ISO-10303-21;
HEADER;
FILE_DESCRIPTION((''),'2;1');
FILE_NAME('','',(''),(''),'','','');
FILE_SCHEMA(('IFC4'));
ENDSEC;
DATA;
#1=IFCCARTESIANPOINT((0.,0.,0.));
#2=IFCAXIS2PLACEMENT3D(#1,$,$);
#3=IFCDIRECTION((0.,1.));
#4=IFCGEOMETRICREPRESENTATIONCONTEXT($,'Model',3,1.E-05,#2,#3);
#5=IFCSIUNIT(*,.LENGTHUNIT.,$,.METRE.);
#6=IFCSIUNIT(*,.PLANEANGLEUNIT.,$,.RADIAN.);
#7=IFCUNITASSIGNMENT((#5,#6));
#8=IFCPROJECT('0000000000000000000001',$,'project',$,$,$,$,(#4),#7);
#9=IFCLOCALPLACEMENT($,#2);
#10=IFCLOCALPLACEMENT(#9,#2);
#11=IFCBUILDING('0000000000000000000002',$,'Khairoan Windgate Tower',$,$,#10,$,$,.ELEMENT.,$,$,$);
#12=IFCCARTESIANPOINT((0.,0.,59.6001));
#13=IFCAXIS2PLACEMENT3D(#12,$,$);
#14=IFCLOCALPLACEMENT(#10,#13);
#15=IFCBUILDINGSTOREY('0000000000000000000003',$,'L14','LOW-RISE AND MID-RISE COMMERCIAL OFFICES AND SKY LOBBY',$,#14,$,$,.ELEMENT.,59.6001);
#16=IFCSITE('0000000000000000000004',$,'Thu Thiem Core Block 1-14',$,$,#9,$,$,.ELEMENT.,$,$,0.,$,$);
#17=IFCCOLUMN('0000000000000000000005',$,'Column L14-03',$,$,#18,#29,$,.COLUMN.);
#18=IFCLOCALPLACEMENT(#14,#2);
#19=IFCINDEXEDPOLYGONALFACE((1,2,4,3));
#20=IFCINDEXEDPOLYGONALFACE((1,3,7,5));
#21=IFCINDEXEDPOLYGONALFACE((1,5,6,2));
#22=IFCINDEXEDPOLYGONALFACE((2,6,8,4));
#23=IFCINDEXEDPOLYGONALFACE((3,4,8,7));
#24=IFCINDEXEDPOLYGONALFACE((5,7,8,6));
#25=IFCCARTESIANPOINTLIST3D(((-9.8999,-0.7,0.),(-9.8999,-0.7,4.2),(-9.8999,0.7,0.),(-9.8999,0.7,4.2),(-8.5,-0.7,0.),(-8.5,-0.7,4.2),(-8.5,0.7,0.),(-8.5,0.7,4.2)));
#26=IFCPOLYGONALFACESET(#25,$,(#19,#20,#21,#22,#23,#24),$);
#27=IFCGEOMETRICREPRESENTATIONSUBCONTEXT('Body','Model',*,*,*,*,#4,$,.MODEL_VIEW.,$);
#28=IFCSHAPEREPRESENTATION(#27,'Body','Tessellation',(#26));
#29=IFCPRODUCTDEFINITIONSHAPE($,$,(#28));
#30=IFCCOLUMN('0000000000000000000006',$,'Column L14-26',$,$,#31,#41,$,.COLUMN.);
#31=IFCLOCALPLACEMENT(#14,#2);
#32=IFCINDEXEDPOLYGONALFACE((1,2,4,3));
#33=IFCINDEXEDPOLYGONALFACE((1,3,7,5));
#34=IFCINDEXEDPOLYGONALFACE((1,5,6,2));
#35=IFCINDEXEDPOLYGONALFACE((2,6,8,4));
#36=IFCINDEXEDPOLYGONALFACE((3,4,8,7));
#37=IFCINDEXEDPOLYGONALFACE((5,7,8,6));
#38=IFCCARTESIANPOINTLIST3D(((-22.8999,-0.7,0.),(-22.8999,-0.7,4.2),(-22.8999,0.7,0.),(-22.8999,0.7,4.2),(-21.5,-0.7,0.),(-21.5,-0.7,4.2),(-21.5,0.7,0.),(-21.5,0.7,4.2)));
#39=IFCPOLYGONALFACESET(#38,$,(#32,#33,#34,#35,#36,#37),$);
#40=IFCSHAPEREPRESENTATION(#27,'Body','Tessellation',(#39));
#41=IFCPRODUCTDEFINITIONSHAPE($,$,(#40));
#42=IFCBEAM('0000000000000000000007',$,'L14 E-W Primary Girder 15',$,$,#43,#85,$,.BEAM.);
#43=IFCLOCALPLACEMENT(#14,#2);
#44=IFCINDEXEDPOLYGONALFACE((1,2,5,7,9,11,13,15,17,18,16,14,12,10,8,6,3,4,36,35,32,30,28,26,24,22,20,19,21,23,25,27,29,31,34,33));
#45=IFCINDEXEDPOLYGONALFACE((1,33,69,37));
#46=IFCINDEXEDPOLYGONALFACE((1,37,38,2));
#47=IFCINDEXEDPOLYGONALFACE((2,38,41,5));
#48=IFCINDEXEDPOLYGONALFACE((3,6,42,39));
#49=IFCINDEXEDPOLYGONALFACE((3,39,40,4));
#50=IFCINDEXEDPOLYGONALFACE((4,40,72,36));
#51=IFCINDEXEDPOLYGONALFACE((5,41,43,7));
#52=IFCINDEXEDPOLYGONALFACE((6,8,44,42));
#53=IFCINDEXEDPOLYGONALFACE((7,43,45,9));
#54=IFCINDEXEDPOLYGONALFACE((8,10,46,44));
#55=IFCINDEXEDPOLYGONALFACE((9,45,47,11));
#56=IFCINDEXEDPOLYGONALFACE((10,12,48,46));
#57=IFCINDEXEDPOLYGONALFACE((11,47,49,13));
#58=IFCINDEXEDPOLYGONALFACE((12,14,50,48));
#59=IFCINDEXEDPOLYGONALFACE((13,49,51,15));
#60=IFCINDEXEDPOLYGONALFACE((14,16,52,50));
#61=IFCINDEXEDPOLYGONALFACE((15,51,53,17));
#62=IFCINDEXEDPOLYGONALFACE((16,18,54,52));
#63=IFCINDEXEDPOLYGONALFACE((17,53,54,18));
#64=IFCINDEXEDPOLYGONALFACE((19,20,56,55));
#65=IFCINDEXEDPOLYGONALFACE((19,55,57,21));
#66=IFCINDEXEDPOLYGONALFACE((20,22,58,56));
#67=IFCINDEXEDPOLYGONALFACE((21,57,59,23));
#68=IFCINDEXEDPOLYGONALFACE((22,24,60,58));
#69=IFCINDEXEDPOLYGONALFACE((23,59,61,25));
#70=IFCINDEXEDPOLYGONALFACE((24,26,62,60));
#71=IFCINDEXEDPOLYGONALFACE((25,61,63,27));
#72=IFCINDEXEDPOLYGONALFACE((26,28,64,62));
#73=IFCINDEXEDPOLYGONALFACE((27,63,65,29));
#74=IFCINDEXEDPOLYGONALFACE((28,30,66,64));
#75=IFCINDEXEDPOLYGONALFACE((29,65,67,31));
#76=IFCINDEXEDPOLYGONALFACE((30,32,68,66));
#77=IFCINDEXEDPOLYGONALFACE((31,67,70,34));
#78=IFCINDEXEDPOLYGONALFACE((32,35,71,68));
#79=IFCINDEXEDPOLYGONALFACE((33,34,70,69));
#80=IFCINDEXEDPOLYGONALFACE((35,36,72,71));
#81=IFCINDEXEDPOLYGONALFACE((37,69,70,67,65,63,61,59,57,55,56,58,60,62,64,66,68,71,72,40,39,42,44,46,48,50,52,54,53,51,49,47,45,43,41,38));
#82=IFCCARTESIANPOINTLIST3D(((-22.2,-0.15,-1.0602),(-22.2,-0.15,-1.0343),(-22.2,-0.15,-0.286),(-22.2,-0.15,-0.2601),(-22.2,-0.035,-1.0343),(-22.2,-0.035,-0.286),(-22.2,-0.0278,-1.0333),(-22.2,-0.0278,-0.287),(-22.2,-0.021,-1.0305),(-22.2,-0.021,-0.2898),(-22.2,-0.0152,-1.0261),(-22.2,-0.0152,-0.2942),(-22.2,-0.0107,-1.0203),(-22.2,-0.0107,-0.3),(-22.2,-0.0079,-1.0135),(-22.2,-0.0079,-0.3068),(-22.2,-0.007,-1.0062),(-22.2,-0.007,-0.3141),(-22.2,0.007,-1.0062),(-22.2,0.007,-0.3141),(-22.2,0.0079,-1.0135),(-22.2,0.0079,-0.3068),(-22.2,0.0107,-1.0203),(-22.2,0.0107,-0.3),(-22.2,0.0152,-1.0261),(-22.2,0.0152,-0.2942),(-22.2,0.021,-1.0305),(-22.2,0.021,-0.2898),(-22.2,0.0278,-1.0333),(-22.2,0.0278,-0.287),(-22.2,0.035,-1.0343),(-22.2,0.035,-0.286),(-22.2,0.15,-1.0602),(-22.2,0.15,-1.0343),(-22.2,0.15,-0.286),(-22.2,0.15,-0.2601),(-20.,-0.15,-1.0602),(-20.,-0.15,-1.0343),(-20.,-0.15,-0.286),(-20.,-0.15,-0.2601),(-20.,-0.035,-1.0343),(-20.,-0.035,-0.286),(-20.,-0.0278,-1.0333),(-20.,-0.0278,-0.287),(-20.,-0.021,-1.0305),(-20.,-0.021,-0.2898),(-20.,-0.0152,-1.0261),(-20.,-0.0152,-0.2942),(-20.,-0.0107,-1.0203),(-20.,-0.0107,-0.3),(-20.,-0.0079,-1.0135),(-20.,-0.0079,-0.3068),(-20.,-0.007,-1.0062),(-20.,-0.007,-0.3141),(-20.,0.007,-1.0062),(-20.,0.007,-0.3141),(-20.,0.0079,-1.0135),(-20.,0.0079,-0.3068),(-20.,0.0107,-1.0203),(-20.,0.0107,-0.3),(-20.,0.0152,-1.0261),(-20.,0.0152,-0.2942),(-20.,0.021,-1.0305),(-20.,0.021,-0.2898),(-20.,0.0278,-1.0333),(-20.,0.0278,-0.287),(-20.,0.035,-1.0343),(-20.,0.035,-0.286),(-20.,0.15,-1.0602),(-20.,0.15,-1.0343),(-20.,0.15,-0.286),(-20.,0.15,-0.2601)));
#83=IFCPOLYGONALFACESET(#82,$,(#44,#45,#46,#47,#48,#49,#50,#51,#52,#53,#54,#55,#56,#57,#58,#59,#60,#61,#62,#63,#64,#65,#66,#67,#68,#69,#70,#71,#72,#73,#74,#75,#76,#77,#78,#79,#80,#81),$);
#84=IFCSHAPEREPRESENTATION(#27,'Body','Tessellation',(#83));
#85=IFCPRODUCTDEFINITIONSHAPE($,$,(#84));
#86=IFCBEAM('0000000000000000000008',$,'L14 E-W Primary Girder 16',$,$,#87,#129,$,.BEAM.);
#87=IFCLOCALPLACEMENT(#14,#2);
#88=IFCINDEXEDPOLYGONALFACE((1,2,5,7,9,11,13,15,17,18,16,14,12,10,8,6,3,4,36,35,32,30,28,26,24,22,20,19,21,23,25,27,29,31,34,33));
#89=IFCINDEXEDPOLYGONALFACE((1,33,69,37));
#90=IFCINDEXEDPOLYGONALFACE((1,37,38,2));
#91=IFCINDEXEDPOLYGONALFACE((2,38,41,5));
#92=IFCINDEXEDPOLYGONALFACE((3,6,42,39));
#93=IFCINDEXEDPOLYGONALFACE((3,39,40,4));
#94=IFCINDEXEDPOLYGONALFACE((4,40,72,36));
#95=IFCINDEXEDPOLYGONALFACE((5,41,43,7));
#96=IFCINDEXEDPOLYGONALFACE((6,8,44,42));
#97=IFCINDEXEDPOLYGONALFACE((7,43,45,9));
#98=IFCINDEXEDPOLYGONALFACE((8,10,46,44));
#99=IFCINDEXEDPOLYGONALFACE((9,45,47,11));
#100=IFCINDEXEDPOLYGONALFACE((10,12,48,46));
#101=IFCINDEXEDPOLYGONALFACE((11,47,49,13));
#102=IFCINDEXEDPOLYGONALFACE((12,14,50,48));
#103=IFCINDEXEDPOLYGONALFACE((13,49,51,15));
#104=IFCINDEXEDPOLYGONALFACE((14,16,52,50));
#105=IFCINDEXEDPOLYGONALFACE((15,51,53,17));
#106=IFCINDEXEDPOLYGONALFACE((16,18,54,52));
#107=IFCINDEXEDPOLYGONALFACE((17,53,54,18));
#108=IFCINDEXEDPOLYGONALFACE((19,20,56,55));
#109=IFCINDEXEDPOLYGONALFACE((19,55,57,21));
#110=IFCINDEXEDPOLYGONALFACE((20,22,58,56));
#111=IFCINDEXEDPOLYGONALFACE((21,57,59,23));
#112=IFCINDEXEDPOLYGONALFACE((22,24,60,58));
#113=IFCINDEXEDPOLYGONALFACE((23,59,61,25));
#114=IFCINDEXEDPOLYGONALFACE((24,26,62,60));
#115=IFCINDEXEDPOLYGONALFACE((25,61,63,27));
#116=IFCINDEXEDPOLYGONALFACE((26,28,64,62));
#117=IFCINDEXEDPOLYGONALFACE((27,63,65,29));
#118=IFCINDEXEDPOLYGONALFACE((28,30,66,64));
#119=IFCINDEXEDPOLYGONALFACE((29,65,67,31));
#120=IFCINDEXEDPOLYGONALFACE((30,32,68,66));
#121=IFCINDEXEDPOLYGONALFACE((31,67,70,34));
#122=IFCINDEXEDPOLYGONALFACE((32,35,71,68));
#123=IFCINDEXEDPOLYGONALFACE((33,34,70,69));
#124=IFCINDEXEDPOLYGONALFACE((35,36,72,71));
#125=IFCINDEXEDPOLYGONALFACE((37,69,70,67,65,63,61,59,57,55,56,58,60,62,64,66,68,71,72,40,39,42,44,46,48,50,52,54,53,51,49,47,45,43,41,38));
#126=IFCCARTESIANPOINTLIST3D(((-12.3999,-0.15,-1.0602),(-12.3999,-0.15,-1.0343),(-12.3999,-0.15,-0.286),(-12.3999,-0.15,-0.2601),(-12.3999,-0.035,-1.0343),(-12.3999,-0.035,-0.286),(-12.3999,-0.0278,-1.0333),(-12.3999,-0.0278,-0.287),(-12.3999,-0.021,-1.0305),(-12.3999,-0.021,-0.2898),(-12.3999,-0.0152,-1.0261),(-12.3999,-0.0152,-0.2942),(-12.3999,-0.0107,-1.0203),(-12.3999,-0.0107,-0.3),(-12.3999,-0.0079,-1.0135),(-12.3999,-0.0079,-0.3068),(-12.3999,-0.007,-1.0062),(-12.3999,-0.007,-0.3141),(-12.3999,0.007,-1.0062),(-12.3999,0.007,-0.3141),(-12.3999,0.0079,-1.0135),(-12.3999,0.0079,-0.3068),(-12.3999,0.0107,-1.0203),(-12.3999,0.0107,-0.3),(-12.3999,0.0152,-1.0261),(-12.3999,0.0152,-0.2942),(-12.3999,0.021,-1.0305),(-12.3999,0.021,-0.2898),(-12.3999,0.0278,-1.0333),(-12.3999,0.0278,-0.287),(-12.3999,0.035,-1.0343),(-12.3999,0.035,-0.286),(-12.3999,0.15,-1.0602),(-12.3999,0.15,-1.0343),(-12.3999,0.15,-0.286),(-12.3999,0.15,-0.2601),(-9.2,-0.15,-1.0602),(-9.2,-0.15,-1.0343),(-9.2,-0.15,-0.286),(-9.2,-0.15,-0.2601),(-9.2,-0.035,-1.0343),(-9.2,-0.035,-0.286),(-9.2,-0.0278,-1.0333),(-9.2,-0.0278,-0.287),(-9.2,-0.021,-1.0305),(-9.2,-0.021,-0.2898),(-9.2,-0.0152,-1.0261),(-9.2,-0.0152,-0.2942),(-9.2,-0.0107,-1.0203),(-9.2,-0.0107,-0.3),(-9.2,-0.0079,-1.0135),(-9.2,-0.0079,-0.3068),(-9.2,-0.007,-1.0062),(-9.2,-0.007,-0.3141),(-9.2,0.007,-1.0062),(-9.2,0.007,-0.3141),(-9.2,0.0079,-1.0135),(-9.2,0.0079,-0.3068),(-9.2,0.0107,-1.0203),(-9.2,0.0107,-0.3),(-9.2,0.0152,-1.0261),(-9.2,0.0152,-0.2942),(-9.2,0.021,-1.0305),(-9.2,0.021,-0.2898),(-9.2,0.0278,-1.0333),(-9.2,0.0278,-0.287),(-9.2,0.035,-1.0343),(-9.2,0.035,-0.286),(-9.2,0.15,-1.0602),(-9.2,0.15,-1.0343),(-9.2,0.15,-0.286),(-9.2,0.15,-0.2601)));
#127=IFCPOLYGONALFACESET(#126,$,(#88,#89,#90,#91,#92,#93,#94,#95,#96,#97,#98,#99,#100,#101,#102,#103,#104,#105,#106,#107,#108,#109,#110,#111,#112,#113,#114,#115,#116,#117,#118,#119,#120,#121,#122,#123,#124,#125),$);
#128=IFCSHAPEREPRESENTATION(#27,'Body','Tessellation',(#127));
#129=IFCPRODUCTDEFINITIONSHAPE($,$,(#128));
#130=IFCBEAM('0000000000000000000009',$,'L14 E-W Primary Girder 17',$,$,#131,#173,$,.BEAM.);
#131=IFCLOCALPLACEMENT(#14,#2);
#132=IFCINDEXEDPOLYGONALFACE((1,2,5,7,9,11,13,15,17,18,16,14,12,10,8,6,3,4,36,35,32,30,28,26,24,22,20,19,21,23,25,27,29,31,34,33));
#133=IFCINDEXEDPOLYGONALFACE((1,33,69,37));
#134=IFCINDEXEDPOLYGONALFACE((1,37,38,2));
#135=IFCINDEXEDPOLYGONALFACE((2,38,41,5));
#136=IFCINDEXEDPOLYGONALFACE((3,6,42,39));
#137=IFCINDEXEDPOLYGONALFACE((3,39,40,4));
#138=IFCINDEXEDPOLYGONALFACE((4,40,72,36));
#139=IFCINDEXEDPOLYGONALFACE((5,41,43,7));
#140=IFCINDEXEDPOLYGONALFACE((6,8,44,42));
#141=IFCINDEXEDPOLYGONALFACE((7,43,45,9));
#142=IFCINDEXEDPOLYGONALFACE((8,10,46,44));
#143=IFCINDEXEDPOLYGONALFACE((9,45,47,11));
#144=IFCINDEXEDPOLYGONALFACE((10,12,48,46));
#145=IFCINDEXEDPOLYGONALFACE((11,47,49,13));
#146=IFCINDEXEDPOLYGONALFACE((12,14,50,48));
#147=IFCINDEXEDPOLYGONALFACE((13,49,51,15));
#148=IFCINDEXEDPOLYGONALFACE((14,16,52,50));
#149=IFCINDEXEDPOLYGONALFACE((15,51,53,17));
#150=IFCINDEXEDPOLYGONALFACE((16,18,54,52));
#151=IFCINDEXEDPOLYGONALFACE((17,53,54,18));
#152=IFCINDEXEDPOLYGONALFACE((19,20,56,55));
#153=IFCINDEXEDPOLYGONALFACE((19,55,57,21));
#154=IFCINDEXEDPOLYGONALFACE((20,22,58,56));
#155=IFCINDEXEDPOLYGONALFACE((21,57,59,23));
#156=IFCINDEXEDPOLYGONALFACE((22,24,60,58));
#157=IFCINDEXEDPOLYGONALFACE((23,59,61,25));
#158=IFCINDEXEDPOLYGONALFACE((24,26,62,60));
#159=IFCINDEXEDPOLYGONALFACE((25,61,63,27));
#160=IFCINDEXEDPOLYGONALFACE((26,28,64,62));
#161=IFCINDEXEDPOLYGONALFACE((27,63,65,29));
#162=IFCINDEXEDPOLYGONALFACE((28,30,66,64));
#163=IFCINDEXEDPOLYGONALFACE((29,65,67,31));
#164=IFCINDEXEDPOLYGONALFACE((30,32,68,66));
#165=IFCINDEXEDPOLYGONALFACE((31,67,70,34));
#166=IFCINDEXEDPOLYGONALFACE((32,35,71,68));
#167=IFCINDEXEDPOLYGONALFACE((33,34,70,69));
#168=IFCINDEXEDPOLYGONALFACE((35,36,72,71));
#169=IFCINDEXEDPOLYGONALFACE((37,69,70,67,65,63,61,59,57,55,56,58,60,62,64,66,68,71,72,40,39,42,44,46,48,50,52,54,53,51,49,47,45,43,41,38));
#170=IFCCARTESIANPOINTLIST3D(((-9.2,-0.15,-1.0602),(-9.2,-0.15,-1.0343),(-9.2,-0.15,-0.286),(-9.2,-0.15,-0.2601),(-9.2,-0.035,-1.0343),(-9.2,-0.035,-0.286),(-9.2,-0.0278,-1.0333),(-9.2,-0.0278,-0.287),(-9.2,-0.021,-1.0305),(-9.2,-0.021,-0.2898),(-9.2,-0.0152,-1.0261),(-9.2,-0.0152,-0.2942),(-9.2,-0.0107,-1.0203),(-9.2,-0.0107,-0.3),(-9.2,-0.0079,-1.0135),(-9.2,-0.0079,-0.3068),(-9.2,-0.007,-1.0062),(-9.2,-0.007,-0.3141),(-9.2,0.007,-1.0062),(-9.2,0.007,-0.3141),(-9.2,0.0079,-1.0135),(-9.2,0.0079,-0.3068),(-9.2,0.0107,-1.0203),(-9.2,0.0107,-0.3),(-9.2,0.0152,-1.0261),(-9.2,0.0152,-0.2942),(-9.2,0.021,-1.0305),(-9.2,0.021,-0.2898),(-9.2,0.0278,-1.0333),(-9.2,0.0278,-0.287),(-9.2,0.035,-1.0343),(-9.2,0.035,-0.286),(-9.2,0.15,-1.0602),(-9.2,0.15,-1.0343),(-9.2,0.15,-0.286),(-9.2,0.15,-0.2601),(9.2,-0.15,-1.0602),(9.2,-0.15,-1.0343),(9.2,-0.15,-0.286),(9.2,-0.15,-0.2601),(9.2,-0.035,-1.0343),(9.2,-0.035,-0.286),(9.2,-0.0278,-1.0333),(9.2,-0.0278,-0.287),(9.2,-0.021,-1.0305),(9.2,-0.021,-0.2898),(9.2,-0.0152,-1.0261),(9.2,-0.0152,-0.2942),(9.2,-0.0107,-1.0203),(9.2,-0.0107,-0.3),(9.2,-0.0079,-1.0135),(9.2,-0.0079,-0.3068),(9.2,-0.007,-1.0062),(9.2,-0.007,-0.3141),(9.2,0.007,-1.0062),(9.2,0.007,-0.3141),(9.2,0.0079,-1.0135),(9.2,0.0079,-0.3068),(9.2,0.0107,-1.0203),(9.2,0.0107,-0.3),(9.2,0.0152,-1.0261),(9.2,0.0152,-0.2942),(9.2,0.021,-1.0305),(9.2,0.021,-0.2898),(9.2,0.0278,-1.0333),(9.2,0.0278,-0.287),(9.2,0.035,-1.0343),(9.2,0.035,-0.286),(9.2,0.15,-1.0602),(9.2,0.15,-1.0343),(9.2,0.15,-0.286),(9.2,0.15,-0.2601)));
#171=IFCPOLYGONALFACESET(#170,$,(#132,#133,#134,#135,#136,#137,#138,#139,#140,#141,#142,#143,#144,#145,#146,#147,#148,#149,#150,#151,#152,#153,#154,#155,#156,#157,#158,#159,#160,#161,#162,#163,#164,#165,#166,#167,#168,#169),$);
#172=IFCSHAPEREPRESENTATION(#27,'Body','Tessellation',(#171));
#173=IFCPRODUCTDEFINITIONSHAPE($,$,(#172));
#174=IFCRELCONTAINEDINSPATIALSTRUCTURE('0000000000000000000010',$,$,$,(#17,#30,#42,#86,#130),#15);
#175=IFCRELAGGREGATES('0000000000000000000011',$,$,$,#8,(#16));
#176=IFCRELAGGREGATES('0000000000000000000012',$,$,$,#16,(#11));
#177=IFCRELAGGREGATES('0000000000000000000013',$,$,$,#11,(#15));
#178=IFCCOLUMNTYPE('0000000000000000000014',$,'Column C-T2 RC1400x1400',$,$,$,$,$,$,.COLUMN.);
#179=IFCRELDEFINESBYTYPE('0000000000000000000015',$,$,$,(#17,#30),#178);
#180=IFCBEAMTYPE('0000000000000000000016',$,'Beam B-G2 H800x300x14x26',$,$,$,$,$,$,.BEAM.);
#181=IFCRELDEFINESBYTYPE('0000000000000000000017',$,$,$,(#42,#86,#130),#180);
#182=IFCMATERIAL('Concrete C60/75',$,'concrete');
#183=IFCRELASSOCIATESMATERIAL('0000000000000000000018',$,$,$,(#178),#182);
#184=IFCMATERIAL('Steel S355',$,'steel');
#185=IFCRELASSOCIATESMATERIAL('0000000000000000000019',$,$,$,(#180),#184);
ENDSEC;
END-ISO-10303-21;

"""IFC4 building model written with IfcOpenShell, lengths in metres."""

from ifc_helpers import new_model, si_unit, direction, frame, origin, origin_2d, place, context, subcontext, project, spatial, rectangle, i_section, extrude, material, material_profile, profile_set, type_object, element, save


model = new_model("IFC4")

# Units and contexts
model_context = context("Model", 3, precision=1e-05, world=origin(), true_north=direction((0.0, 1.0)))
body_context = subcontext(model_context, "Body", "Model", "MODEL_VIEW")
ifc_project = project(units=[si_unit("LENGTHUNIT", "METRE"), si_unit("PLANEANGLEUNIT", "RADIAN")], contexts=[model_context])

# Site, building, storey
site_placement = place(None, origin())
site = spatial("IfcSite", under=ifc_project, at=site_placement, Name="Thu Thiem Core Block 1-14", CompositionType="ELEMENT", RefElevation=0.0)
building_placement = place(site_placement, origin())
building = spatial("IfcBuilding", under=site, at=building_placement, Name="Khairoan Windgate Tower", CompositionType="ELEMENT")
storey_placement = place(building_placement, frame((0.0, 0.0, 59.6001)))
storey = spatial("IfcBuildingStorey", under=building, at=storey_placement, Name="L14", Description="LOW-RISE AND MID-RISE COMMERCIAL OFFICES AND SKY LOBBY", CompositionType="ELEMENT", Elevation=59.6001)

# Columns
ifc_material_1 = material(Name="Concrete C60/75", Category="concrete")
ifc_material_profile_1 = material_profile(ifc_material_1, rectangle(XDim=1.3999, YDim=1.3999, at=origin_2d()))
ifc_profile_set_1 = profile_set([ifc_material_profile_1], Name="Concrete C60/75")
column_type = type_object("IfcColumnType", Name="Column C-T2 RC1400x1400", PredefinedType="COLUMN", material=ifc_profile_set_1)
for number, where, z_axis, x_axis, name in (
    (1, (-9.2, 0.0, 0.0), (0.0, 0.0, 1.0), (1.0, 0.0, 0.0), "Column L14-03"),
    (2, (-22.2, 0.0, 0.0), (0.0, 0.0, 1.0), (1.0, 0.0, 0.0), "Column L14-26"),
):
    element("IfcColumn", number, at=place(storey_placement, frame(where, z_axis=z_axis, x_axis=x_axis)), inside=storey, type_object=column_type, Name=name, PredefinedType="COLUMN", context=body_context, shape_type="SweptSolid", body=[
        extrude(rectangle(XDim=1.3999, YDim=1.3999, at=origin_2d()), origin(), (0.0, 0.0, 1.0), 4.2),
    ])

# Beams
ifc_material_2 = material(Name="Steel S355", Category="steel")
ifc_material_profile_2 = material_profile(ifc_material_2, i_section(OverallWidth=0.3, OverallDepth=0.8, WebThickness=0.0139, FlangeThickness=0.0259, FilletRadius=0.0281, at=origin_2d()))
ifc_profile_set_2 = profile_set([ifc_material_profile_2], Name="Steel S355")
beam_type_1 = type_object("IfcBeamType", Name="Beam B-G2 H800x300x14x26", PredefinedType="BEAM", material=ifc_profile_set_2)
beam_1_placement = place(storey_placement, frame((-22.2, 0.0, -0.6602), z_axis=(1.0, 0.0, 0.0), x_axis=(0.0, 1.0, 0.0)))
element("IfcBeam", 3, at=beam_1_placement, inside=storey, type_object=beam_type_1, Name="L14 E-W Primary Girder 15", PredefinedType="BEAM", context=body_context, shape_type="SweptSolid", body=[
    extrude(i_section(OverallWidth=0.3, OverallDepth=0.8, WebThickness=0.0139, FlangeThickness=0.0259, FilletRadius=0.0281, at=origin_2d()), origin(), (0.0, 0.0, 1.0), 2.2),
])
beam_2_placement = place(storey_placement, frame((-12.3999, 0.0, -0.6602), z_axis=(1.0, 0.0, 0.0), x_axis=(0.0, 1.0, 0.0)))
element("IfcBeam", 4, at=beam_2_placement, inside=storey, type_object=beam_type_1, Name="L14 E-W Primary Girder 16", PredefinedType="BEAM", context=body_context, shape_type="SweptSolid", body=[
    extrude(i_section(OverallWidth=0.3, OverallDepth=0.8, WebThickness=0.0139, FlangeThickness=0.0259, FilletRadius=0.0281, at=origin_2d()), origin(), (0.0, 0.0, 1.0), 3.2),
])
beam_3_placement = place(storey_placement, frame((-9.2, 0.0, -0.6602), z_axis=(1.0, 0.0, 0.0), x_axis=(0.0, 1.0, 0.0)))
element("IfcBeam", 5, at=beam_3_placement, inside=storey, type_object=beam_type_1, Name="L14 E-W Primary Girder 17", PredefinedType="BEAM", context=body_context, shape_type="SweptSolid", body=[
    extrude(i_section(OverallWidth=0.3, OverallDepth=0.8, WebThickness=0.0139, FlangeThickness=0.0259, FilletRadius=0.0281, at=origin_2d()), origin(), (0.0, 0.0, 1.0), 18.3999),
])

save(model, "model.ifc")
